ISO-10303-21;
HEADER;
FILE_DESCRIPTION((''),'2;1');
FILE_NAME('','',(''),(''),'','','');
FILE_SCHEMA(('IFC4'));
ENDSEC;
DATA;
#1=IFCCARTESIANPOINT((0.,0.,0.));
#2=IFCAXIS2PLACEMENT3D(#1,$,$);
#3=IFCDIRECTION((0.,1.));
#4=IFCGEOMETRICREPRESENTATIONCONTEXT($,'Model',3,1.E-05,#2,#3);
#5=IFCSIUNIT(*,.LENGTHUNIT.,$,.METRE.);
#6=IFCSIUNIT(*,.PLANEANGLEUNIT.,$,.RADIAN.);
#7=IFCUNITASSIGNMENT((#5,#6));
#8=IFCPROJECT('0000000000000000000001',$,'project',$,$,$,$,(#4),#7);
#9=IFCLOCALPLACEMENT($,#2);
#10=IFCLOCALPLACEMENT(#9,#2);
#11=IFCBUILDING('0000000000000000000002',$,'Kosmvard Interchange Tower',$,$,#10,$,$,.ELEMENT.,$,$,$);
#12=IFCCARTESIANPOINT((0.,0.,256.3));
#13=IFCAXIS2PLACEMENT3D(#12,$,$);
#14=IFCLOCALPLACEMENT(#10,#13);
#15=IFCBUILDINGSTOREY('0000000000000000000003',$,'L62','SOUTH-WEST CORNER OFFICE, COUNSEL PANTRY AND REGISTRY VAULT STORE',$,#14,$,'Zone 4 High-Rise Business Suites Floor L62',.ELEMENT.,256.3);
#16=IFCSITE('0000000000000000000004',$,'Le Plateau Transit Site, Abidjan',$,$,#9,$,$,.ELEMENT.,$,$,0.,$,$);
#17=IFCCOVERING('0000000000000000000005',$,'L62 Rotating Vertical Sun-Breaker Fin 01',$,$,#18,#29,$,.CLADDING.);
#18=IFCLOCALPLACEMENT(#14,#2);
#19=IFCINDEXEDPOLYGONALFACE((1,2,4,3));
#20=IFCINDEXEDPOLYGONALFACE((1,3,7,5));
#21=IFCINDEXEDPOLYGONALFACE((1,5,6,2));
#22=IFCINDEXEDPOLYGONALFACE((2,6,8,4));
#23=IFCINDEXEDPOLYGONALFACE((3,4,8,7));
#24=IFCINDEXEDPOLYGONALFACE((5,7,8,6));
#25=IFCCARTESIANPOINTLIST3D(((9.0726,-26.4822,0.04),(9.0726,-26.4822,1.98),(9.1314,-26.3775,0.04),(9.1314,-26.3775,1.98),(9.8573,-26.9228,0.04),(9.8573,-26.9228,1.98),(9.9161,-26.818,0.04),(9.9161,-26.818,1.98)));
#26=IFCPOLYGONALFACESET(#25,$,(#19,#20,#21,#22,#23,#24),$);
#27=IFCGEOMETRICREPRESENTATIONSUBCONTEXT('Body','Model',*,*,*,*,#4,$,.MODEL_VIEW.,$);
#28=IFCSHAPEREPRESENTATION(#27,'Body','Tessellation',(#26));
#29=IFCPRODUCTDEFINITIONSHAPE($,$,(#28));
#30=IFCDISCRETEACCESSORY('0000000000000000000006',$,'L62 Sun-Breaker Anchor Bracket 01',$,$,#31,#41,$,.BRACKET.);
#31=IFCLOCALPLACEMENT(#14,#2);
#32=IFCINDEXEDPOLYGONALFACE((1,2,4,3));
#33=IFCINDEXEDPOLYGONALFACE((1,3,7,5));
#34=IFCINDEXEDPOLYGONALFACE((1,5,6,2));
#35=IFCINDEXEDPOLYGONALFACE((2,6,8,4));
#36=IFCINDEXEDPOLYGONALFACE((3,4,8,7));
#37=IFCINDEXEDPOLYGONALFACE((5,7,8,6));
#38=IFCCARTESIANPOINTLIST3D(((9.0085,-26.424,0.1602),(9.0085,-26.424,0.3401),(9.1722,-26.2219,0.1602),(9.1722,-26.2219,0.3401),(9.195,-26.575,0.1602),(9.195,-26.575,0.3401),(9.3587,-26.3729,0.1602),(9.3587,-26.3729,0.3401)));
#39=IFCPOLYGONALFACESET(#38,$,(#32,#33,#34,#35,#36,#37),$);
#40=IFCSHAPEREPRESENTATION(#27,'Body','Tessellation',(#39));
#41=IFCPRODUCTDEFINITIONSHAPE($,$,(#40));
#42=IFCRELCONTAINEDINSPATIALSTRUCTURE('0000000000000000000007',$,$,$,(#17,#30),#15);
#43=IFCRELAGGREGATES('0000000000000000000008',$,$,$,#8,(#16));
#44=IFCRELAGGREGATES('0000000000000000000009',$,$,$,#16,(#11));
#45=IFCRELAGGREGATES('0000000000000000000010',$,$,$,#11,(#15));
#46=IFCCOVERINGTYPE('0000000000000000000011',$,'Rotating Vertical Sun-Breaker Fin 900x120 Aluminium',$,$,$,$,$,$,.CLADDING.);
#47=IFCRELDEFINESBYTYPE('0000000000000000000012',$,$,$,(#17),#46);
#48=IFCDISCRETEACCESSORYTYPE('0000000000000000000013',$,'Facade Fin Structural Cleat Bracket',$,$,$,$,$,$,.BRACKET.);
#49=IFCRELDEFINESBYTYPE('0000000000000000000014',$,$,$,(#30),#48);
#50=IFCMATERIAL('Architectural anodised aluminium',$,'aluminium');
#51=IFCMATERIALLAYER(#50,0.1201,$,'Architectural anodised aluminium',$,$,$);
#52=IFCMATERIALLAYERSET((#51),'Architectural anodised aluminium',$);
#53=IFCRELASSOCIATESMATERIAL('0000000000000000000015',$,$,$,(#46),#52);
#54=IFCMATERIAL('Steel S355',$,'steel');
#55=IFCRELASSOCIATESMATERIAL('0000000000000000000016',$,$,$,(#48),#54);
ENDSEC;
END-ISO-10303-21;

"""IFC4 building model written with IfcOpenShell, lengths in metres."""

from ifc_helpers import new_model, si_unit, direction, frame, origin, origin_2d, place, context, subcontext, project, spatial, rectangle, extrude, source, transform, mapped, material, layer, layer_set, type_object, element, save


model = new_model("IFC4")

# Units and contexts
model_context = context("Model", 3, precision=1e-05, world=origin(), true_north=direction((0.0, 1.0)))
body_context = subcontext(model_context, "Body", "Model", "MODEL_VIEW")
ifc_project = project(units=[si_unit("LENGTHUNIT", "METRE"), si_unit("PLANEANGLEUNIT", "RADIAN")], contexts=[model_context])

# Site, building, storey
site_placement = place(None, origin())
site = spatial("IfcSite", under=ifc_project, at=site_placement, Name="Le Plateau Transit Site, Abidjan", CompositionType="ELEMENT", RefElevation=0.0)
building_placement = place(site_placement, origin())
building = spatial("IfcBuilding", under=site, at=building_placement, Name="Kosmvard Interchange Tower", CompositionType="ELEMENT")
storey_placement = place(building_placement, frame((0.0, 0.0, 256.3)))
storey = spatial("IfcBuildingStorey", under=building, at=storey_placement, Name="L62", Description="SOUTH-WEST CORNER OFFICE, COUNSEL PANTRY AND REGISTRY VAULT STORE", LongName="Zone 4 High-Rise Business Suites Floor L62", CompositionType="ELEMENT", Elevation=256.3)

# Shared definitions
ifc_material_1 = material(Name="Steel S355", Category="steel")

# Covering
ifc_material_2 = material(Name="Architectural anodised aluminium", Category="aluminium")
ifc_layer_1 = layer(ifc_material_2, 0.1201, Name="Architectural anodised aluminium")
ifc_layer_set_1 = layer_set([ifc_layer_1], Name="Architectural anodised aluminium")
covering_type = type_object("IfcCoveringType", Name="Rotating Vertical Sun-Breaker Fin 900x120 Aluminium", PredefinedType="CLADDING", material=ifc_layer_set_1)
shared_shape_1 = source(origin(), body_context, "Body", "SweptSolid", [
    extrude(rectangle(XDim=0.8999, YDim=0.1201, at=origin_2d()), origin(), (0.0, 0.0, 1.0), 1.9399),
])
covering_placement = place(storey_placement, frame((9.4944, -26.6501, 0.04), z_axis=(0.0, 0.0, 1.0), x_axis=(0.871984, -0.489535, 0.0)))
element("IfcCovering", 1, at=covering_placement, inside=storey, type_object=covering_type, Name="L62 Rotating Vertical Sun-Breaker Fin 01", PredefinedType="CLADDING", context=body_context, shape_type="MappedRepresentation", body=[
    mapped(shared_shape_1, transform((0.0, 0.0, 0.0), scale=1.0)),
])

# Discrete accessory
discrete_accessory_type = type_object("IfcDiscreteAccessoryType", Name="Facade Fin Structural Cleat Bracket", PredefinedType="BRACKET", material=ifc_material_1)
shared_shape_2 = source(origin(), body_context, "Body", "SweptSolid", [
    extrude(rectangle(XDim=0.24, YDim=0.26, at=origin_2d()), origin(), (0.0, 0.0, 1.0), 0.1799),
])
discrete_accessory_placement = place(storey_placement, frame((9.1836, -26.3984, 0.1602), z_axis=(0.0, 0.0, 1.0), x_axis=(0.777146, -0.62932, 0.0)))
element("IfcDiscreteAccessory", 2, at=discrete_accessory_placement, inside=storey, type_object=discrete_accessory_type, Name="L62 Sun-Breaker Anchor Bracket 01", PredefinedType="BRACKET", context=body_context, shape_type="MappedRepresentation", body=[
    mapped(shared_shape_2, transform((0.0, 0.0, 0.0), scale=1.0)),
])

save(model, "model.ifc")
